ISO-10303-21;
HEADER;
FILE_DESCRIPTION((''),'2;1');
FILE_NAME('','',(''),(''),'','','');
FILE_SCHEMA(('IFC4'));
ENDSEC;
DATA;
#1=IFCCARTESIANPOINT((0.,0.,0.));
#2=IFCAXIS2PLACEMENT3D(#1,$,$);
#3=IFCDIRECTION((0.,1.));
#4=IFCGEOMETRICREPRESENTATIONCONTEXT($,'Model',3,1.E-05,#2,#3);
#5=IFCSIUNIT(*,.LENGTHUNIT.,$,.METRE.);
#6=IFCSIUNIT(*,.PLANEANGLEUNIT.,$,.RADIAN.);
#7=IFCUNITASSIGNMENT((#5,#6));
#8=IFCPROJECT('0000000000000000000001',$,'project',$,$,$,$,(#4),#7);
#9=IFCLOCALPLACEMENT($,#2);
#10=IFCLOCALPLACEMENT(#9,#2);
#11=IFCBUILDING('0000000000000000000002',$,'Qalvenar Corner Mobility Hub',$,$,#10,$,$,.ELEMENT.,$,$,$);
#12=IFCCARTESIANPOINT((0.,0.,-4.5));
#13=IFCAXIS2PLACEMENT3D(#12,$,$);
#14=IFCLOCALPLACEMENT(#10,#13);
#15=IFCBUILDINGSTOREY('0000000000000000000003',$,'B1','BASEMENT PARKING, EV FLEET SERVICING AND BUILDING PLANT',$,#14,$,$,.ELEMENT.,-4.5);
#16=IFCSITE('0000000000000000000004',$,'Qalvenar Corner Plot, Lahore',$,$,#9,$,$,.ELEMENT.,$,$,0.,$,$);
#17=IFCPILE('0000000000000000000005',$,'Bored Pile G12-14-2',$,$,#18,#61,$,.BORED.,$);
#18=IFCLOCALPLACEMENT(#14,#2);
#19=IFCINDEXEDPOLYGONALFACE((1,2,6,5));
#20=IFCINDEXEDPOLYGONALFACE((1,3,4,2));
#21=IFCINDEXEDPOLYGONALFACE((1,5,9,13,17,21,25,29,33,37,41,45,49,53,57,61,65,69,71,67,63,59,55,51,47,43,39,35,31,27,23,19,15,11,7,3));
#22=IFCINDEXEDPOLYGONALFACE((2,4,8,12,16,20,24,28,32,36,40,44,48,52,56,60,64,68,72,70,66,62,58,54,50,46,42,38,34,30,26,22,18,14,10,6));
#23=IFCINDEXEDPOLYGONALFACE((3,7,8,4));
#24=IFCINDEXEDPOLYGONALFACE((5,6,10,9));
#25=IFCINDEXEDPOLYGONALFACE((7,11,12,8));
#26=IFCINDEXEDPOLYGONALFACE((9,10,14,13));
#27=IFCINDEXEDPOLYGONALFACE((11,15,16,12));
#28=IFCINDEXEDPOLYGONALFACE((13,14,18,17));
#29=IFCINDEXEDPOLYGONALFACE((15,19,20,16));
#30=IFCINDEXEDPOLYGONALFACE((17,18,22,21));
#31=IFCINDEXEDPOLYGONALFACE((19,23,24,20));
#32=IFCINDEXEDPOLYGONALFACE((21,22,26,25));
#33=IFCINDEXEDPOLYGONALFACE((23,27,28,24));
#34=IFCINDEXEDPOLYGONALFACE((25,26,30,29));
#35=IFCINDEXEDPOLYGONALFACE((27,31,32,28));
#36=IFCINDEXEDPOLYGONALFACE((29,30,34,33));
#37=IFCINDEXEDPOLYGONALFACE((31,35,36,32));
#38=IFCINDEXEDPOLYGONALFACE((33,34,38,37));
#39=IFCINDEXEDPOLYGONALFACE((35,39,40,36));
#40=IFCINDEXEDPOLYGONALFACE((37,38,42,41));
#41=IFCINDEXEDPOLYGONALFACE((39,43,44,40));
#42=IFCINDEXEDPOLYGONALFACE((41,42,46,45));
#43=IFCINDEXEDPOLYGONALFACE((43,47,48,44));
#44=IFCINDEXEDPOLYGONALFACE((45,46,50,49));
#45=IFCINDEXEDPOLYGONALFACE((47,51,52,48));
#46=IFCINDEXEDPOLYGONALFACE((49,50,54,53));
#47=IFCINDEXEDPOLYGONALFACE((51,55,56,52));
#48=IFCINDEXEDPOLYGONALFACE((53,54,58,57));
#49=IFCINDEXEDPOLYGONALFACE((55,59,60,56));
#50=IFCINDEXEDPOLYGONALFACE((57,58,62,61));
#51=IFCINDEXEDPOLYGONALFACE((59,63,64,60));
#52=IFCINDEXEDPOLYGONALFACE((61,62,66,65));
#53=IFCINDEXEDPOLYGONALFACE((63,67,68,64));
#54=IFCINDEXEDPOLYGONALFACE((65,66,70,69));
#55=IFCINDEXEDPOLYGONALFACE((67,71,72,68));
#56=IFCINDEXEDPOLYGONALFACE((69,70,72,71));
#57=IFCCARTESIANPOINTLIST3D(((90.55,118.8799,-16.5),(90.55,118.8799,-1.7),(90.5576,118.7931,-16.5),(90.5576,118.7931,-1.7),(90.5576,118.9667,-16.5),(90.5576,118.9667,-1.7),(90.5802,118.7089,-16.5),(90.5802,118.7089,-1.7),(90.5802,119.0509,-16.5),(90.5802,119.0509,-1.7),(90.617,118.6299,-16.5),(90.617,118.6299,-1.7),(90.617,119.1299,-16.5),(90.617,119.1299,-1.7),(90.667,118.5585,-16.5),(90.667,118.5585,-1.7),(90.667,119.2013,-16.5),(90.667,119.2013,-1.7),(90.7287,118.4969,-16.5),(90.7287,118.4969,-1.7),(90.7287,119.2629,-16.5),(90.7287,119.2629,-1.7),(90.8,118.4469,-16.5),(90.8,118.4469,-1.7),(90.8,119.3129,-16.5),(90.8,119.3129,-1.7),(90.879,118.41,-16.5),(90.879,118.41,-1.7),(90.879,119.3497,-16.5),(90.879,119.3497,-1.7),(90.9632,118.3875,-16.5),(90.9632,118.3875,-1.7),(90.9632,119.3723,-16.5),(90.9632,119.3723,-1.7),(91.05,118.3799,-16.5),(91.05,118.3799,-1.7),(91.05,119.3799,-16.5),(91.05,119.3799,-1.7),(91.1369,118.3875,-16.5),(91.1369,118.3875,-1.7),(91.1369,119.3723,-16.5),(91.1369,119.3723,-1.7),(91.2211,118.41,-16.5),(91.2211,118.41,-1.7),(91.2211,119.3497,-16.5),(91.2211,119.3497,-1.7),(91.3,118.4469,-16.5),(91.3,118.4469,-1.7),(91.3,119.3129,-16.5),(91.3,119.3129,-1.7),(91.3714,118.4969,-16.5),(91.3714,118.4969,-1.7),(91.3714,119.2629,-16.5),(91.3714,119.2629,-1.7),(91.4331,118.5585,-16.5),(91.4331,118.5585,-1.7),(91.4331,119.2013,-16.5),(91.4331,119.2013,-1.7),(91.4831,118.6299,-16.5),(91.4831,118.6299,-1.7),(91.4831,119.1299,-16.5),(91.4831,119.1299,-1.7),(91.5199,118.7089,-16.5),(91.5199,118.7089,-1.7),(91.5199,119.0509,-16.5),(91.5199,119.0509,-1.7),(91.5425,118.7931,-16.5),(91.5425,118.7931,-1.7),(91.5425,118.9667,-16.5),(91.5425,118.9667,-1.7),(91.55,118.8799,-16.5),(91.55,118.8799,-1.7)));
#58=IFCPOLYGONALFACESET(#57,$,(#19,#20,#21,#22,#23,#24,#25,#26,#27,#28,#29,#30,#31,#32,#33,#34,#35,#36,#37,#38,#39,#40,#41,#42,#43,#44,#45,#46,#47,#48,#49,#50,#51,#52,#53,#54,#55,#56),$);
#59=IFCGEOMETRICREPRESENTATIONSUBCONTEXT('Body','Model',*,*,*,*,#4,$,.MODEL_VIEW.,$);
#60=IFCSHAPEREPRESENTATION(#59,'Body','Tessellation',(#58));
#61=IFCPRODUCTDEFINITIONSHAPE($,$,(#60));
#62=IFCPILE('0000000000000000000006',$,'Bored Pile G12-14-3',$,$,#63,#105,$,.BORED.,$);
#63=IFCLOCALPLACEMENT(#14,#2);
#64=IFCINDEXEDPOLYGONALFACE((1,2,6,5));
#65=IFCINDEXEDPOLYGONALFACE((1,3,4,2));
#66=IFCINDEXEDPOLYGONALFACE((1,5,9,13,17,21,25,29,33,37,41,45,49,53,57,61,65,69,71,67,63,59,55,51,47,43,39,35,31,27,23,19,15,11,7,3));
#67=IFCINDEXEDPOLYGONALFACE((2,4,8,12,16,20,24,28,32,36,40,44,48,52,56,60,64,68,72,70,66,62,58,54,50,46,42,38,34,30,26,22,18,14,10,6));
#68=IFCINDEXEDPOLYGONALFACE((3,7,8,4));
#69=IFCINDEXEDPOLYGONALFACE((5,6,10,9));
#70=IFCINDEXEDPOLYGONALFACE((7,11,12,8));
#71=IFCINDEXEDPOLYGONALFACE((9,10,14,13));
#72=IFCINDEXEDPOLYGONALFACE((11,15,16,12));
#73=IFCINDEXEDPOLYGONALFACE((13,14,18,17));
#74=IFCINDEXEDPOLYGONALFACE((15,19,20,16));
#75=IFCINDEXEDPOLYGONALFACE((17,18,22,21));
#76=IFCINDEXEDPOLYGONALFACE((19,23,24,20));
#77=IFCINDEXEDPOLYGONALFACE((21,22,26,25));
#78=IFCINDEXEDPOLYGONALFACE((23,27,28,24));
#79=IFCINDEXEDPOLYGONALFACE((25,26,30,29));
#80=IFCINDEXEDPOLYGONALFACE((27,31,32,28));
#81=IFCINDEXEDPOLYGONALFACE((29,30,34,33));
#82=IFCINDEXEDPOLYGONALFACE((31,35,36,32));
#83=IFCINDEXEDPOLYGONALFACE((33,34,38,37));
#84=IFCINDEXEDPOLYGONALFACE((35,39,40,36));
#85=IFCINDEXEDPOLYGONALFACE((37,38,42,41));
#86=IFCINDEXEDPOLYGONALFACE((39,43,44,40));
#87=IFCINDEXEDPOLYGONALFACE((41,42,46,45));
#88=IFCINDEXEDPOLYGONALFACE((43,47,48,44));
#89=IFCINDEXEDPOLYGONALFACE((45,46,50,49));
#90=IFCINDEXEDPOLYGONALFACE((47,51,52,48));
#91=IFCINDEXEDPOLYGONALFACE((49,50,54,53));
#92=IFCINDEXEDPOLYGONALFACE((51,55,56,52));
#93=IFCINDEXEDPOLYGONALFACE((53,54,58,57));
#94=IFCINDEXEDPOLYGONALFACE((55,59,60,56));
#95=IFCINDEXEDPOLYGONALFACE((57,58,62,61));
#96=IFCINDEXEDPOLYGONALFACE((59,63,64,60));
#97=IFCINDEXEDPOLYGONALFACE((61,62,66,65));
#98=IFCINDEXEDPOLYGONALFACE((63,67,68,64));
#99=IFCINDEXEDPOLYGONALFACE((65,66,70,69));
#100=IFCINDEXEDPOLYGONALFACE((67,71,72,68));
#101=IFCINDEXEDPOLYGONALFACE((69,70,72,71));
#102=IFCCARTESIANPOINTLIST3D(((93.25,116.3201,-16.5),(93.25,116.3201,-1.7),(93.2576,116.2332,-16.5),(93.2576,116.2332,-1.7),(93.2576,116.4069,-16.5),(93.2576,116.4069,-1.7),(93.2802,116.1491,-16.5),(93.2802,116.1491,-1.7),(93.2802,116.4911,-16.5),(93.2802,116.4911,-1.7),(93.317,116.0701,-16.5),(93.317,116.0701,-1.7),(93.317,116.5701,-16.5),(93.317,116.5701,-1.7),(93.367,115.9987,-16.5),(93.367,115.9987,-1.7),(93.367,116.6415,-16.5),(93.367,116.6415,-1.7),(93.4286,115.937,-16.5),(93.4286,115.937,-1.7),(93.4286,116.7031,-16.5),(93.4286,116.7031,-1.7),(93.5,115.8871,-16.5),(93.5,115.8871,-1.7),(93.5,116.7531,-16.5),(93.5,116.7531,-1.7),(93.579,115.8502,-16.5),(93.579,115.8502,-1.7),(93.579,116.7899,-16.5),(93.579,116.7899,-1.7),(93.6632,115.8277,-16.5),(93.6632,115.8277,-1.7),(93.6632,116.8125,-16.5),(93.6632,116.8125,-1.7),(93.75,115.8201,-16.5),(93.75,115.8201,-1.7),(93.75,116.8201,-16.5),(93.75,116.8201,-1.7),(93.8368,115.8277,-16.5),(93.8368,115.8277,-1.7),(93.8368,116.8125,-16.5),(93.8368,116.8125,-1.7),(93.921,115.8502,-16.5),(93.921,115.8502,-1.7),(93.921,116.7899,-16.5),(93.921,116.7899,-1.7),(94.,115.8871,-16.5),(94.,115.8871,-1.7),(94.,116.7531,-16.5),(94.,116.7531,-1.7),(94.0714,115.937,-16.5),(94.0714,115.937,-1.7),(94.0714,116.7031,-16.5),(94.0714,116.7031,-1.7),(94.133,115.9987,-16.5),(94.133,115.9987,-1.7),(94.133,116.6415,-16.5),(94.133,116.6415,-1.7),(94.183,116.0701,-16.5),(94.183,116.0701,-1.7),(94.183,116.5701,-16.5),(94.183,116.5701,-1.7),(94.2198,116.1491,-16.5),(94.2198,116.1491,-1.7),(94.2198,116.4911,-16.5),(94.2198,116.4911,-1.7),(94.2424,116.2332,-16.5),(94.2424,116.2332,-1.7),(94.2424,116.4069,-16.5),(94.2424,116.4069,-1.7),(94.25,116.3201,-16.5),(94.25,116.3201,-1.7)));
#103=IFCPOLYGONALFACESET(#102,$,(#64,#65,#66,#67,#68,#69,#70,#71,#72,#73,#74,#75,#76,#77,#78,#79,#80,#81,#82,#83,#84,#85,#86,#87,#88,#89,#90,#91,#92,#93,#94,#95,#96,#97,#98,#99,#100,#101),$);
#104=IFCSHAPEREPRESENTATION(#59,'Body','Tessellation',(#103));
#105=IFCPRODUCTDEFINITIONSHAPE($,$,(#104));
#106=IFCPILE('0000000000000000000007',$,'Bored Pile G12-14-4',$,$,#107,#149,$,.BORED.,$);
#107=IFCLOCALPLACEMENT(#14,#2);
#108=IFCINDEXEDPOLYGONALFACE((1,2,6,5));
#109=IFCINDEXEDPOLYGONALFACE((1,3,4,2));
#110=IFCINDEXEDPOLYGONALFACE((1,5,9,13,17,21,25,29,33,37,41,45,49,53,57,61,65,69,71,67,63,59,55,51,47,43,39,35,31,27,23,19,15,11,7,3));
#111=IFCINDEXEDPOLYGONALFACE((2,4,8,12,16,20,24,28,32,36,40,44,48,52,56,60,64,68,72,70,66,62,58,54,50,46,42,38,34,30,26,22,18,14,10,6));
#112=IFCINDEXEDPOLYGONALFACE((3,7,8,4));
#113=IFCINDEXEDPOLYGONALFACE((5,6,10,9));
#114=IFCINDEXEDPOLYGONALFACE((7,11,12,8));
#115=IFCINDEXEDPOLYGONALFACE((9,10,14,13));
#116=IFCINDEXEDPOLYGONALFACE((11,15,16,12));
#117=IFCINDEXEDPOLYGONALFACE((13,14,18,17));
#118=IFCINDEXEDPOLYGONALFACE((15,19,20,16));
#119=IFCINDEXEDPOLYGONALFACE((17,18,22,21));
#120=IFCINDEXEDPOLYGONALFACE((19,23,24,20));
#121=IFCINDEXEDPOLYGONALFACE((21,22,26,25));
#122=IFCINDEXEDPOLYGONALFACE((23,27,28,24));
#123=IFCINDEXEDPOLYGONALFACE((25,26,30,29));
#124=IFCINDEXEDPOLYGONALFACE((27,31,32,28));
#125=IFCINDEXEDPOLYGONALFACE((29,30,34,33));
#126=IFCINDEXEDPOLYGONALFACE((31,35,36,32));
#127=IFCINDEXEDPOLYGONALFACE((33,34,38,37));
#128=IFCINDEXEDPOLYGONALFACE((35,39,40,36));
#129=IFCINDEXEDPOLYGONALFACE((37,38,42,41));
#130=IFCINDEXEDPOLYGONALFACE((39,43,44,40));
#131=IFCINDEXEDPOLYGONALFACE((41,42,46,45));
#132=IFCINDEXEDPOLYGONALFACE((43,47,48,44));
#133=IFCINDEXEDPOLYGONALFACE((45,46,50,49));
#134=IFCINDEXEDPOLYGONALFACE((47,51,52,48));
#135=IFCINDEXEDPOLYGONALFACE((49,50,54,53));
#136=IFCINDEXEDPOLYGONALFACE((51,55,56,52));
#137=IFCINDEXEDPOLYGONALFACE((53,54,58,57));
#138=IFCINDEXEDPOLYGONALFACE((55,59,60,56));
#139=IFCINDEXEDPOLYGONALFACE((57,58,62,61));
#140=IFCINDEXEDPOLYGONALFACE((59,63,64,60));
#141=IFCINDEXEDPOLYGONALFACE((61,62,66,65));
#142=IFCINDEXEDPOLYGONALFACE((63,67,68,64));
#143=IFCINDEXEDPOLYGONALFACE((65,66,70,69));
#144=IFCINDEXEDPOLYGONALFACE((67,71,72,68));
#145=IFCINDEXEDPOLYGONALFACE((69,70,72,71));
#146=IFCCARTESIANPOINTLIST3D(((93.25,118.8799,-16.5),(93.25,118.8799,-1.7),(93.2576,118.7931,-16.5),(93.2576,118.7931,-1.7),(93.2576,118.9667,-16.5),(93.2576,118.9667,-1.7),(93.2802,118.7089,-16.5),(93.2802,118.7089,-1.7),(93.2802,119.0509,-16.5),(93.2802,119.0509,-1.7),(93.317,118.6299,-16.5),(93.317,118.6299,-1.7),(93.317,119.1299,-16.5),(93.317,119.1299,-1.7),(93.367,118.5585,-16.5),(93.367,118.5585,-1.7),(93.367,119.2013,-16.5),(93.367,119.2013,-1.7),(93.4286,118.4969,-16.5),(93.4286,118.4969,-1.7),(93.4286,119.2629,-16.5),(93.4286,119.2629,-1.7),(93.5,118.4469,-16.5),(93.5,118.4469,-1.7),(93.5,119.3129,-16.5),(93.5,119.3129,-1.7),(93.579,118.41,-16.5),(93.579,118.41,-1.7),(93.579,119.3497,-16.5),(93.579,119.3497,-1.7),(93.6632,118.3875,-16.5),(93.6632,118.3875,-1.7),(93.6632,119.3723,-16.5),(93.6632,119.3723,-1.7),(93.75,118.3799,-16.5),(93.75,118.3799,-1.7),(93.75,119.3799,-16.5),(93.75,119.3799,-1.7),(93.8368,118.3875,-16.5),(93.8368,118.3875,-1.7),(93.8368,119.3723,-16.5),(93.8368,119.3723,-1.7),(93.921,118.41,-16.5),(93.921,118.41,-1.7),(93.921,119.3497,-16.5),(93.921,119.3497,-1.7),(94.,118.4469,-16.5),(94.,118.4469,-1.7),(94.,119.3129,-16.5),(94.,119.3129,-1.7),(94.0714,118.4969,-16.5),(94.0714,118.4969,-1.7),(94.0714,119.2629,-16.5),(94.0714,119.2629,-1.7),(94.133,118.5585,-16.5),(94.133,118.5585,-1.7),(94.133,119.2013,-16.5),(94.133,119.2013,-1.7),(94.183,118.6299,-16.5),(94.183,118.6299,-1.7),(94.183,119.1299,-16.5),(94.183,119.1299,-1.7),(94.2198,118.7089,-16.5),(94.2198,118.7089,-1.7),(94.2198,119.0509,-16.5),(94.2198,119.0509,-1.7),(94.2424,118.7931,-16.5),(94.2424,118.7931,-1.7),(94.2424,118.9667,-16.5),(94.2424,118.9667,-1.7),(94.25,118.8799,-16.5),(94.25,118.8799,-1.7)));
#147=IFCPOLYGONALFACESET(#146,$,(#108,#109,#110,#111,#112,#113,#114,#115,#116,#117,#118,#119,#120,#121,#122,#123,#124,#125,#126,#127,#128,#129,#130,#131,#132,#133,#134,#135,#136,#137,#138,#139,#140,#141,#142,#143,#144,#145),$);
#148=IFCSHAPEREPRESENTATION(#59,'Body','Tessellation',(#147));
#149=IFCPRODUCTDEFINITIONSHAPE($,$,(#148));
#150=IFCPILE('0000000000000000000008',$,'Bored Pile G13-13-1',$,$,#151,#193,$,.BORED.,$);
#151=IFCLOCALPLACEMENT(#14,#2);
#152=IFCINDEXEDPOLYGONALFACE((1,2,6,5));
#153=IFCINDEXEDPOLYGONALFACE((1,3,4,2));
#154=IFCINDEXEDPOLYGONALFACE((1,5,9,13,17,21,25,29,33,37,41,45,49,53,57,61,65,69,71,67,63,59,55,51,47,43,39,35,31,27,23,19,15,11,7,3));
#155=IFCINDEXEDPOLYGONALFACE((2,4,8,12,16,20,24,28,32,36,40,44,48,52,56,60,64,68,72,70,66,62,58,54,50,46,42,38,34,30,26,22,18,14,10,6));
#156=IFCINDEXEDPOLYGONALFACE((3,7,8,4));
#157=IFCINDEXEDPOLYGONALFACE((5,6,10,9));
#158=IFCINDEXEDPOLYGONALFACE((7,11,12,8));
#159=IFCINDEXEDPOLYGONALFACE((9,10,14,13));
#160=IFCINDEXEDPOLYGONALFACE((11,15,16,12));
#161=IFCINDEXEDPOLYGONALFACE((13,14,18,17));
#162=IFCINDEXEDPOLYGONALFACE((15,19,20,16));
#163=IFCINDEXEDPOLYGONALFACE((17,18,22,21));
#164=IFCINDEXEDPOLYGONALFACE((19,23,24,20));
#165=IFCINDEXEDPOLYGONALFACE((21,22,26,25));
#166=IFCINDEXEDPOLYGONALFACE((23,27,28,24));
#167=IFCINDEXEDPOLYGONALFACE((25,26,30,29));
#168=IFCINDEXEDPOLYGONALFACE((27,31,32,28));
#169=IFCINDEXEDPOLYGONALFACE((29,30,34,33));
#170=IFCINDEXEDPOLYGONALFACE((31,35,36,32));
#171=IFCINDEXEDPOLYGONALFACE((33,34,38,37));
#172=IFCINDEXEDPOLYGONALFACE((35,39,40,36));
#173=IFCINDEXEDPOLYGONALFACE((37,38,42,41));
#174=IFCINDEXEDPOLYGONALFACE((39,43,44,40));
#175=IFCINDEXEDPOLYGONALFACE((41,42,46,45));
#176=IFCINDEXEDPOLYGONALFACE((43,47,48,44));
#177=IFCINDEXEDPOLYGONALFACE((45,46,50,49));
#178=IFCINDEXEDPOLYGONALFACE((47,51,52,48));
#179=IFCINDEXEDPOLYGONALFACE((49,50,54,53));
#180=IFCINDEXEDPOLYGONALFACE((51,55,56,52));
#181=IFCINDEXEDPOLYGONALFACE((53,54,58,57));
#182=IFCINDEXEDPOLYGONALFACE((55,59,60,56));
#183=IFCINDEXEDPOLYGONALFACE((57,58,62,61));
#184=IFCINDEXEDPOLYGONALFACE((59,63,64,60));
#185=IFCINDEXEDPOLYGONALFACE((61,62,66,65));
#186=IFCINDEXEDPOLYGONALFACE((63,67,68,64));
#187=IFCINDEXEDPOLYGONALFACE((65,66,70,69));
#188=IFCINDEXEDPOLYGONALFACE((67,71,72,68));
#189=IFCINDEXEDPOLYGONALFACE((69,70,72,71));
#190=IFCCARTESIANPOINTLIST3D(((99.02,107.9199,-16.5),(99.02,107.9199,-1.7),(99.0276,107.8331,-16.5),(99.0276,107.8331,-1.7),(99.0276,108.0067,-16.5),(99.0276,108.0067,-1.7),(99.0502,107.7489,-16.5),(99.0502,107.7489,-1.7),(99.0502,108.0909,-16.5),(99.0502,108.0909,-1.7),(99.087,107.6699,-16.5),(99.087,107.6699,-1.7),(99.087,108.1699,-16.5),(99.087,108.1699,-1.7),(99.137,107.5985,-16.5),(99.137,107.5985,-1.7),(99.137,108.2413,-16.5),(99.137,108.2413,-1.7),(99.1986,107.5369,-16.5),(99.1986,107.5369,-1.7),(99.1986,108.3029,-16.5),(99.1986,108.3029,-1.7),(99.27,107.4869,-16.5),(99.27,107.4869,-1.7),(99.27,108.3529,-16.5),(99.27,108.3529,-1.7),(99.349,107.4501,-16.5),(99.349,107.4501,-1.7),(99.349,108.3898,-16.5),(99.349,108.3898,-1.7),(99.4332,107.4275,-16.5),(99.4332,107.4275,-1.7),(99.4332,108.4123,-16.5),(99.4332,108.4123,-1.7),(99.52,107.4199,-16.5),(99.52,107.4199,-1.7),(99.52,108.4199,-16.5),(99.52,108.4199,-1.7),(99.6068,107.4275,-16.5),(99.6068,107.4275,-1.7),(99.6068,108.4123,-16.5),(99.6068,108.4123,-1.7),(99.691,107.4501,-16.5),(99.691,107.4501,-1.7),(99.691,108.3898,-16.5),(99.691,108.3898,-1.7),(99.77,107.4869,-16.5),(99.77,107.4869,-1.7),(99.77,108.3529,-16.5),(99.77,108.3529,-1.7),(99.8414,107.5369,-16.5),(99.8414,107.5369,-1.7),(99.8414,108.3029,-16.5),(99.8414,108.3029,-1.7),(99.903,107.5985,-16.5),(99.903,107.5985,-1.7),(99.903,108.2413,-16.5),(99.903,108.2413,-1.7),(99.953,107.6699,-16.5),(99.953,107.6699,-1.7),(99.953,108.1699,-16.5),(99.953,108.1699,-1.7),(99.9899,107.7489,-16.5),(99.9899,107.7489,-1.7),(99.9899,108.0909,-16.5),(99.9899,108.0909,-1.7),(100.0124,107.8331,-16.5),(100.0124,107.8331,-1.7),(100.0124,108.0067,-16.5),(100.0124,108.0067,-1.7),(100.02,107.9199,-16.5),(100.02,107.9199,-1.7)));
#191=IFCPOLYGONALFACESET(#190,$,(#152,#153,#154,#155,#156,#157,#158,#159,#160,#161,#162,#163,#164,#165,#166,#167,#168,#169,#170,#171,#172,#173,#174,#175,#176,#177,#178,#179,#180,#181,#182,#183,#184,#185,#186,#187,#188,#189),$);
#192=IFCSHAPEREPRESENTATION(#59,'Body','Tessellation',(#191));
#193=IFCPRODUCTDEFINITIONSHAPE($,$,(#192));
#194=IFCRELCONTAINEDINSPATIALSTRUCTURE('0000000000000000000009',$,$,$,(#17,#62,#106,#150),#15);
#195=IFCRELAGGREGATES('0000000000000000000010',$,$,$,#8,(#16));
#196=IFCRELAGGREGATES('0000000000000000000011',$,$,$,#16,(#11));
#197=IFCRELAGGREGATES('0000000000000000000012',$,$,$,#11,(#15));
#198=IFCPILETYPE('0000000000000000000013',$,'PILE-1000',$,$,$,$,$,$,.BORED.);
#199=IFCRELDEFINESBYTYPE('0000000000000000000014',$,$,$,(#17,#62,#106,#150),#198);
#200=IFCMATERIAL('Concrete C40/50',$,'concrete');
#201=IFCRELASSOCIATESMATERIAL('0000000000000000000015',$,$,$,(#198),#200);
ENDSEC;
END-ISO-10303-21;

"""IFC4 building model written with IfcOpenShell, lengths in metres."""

from ifc_helpers import new_model, si_unit, direction, frame, origin, origin_2d, place, context, subcontext, project, spatial, circle, extrude, material, material_profile, profile_set, type_object, element, save


model = new_model("IFC4")

# Units and contexts
model_context = context("Model", 3, precision=1e-05, world=origin(), true_north=direction((0.0, 1.0)))
body_context = subcontext(model_context, "Body", "Model", "MODEL_VIEW")
ifc_project = project(units=[si_unit("LENGTHUNIT", "METRE"), si_unit("PLANEANGLEUNIT", "RADIAN")], contexts=[model_context])

# Site, building, storey
site_placement = place(None, origin())
site = spatial("IfcSite", under=ifc_project, at=site_placement, Name="Qalvenar Corner Plot, Lahore", CompositionType="ELEMENT", RefElevation=0.0)
building_placement = place(site_placement, origin())
building = spatial("IfcBuilding", under=site, at=building_placement, Name="Qalvenar Corner Mobility Hub", CompositionType="ELEMENT")
storey_placement = place(building_placement, frame((0.0, 0.0, -4.5)))
storey = spatial("IfcBuildingStorey", under=building, at=storey_placement, Name="B1", Description="BASEMENT PARKING, EV FLEET SERVICING AND BUILDING PLANT", CompositionType="ELEMENT", Elevation=-4.5)

# Shared definitions
ifc_material_1 = material(Name="Concrete C40/50", Category="concrete")

# Piles
ifc_material_profile_1 = material_profile(ifc_material_1, circle(Radius=0.5, at=origin_2d()), Name="DIA1000")
ifc_profile_set_1 = profile_set([ifc_material_profile_1], Name="Concrete C40/50")
pile_type = type_object("IfcPileType", Name="PILE-1000", PredefinedType="BORED", material=ifc_profile_set_1)
for number, where, z_axis, x_axis, name in (
    (1, (91.05, 118.8799, -1.7), (0.0, 0.0, -1.0), (1.0, 0.0, 0.0), "Bored Pile G12-14-2"),
    (2, (93.75, 116.3201, -1.7), (0.0, 0.0, -1.0), (1.0, 0.0, 0.0), "Bored Pile G12-14-3"),
    (3, (93.75, 118.8799, -1.7), (0.0, 0.0, -1.0), (1.0, 0.0, 0.0), "Bored Pile G12-14-4"),
    (4, (99.52, 107.9199, -1.7), (0.0, 0.0, -1.0), (1.0, 0.0, 0.0), "Bored Pile G13-13-1"),
):
    element("IfcPile", number, at=place(storey_placement, frame(where, z_axis=z_axis, x_axis=x_axis)), inside=storey, type_object=pile_type, Name=name, PredefinedType="BORED", context=body_context, shape_type="SweptSolid", body=[
        extrude(circle(Radius=0.5, at=origin_2d()), origin(), (0.0, 0.0, 1.0), 14.8),
    ])

save(model, "model.ifc")
